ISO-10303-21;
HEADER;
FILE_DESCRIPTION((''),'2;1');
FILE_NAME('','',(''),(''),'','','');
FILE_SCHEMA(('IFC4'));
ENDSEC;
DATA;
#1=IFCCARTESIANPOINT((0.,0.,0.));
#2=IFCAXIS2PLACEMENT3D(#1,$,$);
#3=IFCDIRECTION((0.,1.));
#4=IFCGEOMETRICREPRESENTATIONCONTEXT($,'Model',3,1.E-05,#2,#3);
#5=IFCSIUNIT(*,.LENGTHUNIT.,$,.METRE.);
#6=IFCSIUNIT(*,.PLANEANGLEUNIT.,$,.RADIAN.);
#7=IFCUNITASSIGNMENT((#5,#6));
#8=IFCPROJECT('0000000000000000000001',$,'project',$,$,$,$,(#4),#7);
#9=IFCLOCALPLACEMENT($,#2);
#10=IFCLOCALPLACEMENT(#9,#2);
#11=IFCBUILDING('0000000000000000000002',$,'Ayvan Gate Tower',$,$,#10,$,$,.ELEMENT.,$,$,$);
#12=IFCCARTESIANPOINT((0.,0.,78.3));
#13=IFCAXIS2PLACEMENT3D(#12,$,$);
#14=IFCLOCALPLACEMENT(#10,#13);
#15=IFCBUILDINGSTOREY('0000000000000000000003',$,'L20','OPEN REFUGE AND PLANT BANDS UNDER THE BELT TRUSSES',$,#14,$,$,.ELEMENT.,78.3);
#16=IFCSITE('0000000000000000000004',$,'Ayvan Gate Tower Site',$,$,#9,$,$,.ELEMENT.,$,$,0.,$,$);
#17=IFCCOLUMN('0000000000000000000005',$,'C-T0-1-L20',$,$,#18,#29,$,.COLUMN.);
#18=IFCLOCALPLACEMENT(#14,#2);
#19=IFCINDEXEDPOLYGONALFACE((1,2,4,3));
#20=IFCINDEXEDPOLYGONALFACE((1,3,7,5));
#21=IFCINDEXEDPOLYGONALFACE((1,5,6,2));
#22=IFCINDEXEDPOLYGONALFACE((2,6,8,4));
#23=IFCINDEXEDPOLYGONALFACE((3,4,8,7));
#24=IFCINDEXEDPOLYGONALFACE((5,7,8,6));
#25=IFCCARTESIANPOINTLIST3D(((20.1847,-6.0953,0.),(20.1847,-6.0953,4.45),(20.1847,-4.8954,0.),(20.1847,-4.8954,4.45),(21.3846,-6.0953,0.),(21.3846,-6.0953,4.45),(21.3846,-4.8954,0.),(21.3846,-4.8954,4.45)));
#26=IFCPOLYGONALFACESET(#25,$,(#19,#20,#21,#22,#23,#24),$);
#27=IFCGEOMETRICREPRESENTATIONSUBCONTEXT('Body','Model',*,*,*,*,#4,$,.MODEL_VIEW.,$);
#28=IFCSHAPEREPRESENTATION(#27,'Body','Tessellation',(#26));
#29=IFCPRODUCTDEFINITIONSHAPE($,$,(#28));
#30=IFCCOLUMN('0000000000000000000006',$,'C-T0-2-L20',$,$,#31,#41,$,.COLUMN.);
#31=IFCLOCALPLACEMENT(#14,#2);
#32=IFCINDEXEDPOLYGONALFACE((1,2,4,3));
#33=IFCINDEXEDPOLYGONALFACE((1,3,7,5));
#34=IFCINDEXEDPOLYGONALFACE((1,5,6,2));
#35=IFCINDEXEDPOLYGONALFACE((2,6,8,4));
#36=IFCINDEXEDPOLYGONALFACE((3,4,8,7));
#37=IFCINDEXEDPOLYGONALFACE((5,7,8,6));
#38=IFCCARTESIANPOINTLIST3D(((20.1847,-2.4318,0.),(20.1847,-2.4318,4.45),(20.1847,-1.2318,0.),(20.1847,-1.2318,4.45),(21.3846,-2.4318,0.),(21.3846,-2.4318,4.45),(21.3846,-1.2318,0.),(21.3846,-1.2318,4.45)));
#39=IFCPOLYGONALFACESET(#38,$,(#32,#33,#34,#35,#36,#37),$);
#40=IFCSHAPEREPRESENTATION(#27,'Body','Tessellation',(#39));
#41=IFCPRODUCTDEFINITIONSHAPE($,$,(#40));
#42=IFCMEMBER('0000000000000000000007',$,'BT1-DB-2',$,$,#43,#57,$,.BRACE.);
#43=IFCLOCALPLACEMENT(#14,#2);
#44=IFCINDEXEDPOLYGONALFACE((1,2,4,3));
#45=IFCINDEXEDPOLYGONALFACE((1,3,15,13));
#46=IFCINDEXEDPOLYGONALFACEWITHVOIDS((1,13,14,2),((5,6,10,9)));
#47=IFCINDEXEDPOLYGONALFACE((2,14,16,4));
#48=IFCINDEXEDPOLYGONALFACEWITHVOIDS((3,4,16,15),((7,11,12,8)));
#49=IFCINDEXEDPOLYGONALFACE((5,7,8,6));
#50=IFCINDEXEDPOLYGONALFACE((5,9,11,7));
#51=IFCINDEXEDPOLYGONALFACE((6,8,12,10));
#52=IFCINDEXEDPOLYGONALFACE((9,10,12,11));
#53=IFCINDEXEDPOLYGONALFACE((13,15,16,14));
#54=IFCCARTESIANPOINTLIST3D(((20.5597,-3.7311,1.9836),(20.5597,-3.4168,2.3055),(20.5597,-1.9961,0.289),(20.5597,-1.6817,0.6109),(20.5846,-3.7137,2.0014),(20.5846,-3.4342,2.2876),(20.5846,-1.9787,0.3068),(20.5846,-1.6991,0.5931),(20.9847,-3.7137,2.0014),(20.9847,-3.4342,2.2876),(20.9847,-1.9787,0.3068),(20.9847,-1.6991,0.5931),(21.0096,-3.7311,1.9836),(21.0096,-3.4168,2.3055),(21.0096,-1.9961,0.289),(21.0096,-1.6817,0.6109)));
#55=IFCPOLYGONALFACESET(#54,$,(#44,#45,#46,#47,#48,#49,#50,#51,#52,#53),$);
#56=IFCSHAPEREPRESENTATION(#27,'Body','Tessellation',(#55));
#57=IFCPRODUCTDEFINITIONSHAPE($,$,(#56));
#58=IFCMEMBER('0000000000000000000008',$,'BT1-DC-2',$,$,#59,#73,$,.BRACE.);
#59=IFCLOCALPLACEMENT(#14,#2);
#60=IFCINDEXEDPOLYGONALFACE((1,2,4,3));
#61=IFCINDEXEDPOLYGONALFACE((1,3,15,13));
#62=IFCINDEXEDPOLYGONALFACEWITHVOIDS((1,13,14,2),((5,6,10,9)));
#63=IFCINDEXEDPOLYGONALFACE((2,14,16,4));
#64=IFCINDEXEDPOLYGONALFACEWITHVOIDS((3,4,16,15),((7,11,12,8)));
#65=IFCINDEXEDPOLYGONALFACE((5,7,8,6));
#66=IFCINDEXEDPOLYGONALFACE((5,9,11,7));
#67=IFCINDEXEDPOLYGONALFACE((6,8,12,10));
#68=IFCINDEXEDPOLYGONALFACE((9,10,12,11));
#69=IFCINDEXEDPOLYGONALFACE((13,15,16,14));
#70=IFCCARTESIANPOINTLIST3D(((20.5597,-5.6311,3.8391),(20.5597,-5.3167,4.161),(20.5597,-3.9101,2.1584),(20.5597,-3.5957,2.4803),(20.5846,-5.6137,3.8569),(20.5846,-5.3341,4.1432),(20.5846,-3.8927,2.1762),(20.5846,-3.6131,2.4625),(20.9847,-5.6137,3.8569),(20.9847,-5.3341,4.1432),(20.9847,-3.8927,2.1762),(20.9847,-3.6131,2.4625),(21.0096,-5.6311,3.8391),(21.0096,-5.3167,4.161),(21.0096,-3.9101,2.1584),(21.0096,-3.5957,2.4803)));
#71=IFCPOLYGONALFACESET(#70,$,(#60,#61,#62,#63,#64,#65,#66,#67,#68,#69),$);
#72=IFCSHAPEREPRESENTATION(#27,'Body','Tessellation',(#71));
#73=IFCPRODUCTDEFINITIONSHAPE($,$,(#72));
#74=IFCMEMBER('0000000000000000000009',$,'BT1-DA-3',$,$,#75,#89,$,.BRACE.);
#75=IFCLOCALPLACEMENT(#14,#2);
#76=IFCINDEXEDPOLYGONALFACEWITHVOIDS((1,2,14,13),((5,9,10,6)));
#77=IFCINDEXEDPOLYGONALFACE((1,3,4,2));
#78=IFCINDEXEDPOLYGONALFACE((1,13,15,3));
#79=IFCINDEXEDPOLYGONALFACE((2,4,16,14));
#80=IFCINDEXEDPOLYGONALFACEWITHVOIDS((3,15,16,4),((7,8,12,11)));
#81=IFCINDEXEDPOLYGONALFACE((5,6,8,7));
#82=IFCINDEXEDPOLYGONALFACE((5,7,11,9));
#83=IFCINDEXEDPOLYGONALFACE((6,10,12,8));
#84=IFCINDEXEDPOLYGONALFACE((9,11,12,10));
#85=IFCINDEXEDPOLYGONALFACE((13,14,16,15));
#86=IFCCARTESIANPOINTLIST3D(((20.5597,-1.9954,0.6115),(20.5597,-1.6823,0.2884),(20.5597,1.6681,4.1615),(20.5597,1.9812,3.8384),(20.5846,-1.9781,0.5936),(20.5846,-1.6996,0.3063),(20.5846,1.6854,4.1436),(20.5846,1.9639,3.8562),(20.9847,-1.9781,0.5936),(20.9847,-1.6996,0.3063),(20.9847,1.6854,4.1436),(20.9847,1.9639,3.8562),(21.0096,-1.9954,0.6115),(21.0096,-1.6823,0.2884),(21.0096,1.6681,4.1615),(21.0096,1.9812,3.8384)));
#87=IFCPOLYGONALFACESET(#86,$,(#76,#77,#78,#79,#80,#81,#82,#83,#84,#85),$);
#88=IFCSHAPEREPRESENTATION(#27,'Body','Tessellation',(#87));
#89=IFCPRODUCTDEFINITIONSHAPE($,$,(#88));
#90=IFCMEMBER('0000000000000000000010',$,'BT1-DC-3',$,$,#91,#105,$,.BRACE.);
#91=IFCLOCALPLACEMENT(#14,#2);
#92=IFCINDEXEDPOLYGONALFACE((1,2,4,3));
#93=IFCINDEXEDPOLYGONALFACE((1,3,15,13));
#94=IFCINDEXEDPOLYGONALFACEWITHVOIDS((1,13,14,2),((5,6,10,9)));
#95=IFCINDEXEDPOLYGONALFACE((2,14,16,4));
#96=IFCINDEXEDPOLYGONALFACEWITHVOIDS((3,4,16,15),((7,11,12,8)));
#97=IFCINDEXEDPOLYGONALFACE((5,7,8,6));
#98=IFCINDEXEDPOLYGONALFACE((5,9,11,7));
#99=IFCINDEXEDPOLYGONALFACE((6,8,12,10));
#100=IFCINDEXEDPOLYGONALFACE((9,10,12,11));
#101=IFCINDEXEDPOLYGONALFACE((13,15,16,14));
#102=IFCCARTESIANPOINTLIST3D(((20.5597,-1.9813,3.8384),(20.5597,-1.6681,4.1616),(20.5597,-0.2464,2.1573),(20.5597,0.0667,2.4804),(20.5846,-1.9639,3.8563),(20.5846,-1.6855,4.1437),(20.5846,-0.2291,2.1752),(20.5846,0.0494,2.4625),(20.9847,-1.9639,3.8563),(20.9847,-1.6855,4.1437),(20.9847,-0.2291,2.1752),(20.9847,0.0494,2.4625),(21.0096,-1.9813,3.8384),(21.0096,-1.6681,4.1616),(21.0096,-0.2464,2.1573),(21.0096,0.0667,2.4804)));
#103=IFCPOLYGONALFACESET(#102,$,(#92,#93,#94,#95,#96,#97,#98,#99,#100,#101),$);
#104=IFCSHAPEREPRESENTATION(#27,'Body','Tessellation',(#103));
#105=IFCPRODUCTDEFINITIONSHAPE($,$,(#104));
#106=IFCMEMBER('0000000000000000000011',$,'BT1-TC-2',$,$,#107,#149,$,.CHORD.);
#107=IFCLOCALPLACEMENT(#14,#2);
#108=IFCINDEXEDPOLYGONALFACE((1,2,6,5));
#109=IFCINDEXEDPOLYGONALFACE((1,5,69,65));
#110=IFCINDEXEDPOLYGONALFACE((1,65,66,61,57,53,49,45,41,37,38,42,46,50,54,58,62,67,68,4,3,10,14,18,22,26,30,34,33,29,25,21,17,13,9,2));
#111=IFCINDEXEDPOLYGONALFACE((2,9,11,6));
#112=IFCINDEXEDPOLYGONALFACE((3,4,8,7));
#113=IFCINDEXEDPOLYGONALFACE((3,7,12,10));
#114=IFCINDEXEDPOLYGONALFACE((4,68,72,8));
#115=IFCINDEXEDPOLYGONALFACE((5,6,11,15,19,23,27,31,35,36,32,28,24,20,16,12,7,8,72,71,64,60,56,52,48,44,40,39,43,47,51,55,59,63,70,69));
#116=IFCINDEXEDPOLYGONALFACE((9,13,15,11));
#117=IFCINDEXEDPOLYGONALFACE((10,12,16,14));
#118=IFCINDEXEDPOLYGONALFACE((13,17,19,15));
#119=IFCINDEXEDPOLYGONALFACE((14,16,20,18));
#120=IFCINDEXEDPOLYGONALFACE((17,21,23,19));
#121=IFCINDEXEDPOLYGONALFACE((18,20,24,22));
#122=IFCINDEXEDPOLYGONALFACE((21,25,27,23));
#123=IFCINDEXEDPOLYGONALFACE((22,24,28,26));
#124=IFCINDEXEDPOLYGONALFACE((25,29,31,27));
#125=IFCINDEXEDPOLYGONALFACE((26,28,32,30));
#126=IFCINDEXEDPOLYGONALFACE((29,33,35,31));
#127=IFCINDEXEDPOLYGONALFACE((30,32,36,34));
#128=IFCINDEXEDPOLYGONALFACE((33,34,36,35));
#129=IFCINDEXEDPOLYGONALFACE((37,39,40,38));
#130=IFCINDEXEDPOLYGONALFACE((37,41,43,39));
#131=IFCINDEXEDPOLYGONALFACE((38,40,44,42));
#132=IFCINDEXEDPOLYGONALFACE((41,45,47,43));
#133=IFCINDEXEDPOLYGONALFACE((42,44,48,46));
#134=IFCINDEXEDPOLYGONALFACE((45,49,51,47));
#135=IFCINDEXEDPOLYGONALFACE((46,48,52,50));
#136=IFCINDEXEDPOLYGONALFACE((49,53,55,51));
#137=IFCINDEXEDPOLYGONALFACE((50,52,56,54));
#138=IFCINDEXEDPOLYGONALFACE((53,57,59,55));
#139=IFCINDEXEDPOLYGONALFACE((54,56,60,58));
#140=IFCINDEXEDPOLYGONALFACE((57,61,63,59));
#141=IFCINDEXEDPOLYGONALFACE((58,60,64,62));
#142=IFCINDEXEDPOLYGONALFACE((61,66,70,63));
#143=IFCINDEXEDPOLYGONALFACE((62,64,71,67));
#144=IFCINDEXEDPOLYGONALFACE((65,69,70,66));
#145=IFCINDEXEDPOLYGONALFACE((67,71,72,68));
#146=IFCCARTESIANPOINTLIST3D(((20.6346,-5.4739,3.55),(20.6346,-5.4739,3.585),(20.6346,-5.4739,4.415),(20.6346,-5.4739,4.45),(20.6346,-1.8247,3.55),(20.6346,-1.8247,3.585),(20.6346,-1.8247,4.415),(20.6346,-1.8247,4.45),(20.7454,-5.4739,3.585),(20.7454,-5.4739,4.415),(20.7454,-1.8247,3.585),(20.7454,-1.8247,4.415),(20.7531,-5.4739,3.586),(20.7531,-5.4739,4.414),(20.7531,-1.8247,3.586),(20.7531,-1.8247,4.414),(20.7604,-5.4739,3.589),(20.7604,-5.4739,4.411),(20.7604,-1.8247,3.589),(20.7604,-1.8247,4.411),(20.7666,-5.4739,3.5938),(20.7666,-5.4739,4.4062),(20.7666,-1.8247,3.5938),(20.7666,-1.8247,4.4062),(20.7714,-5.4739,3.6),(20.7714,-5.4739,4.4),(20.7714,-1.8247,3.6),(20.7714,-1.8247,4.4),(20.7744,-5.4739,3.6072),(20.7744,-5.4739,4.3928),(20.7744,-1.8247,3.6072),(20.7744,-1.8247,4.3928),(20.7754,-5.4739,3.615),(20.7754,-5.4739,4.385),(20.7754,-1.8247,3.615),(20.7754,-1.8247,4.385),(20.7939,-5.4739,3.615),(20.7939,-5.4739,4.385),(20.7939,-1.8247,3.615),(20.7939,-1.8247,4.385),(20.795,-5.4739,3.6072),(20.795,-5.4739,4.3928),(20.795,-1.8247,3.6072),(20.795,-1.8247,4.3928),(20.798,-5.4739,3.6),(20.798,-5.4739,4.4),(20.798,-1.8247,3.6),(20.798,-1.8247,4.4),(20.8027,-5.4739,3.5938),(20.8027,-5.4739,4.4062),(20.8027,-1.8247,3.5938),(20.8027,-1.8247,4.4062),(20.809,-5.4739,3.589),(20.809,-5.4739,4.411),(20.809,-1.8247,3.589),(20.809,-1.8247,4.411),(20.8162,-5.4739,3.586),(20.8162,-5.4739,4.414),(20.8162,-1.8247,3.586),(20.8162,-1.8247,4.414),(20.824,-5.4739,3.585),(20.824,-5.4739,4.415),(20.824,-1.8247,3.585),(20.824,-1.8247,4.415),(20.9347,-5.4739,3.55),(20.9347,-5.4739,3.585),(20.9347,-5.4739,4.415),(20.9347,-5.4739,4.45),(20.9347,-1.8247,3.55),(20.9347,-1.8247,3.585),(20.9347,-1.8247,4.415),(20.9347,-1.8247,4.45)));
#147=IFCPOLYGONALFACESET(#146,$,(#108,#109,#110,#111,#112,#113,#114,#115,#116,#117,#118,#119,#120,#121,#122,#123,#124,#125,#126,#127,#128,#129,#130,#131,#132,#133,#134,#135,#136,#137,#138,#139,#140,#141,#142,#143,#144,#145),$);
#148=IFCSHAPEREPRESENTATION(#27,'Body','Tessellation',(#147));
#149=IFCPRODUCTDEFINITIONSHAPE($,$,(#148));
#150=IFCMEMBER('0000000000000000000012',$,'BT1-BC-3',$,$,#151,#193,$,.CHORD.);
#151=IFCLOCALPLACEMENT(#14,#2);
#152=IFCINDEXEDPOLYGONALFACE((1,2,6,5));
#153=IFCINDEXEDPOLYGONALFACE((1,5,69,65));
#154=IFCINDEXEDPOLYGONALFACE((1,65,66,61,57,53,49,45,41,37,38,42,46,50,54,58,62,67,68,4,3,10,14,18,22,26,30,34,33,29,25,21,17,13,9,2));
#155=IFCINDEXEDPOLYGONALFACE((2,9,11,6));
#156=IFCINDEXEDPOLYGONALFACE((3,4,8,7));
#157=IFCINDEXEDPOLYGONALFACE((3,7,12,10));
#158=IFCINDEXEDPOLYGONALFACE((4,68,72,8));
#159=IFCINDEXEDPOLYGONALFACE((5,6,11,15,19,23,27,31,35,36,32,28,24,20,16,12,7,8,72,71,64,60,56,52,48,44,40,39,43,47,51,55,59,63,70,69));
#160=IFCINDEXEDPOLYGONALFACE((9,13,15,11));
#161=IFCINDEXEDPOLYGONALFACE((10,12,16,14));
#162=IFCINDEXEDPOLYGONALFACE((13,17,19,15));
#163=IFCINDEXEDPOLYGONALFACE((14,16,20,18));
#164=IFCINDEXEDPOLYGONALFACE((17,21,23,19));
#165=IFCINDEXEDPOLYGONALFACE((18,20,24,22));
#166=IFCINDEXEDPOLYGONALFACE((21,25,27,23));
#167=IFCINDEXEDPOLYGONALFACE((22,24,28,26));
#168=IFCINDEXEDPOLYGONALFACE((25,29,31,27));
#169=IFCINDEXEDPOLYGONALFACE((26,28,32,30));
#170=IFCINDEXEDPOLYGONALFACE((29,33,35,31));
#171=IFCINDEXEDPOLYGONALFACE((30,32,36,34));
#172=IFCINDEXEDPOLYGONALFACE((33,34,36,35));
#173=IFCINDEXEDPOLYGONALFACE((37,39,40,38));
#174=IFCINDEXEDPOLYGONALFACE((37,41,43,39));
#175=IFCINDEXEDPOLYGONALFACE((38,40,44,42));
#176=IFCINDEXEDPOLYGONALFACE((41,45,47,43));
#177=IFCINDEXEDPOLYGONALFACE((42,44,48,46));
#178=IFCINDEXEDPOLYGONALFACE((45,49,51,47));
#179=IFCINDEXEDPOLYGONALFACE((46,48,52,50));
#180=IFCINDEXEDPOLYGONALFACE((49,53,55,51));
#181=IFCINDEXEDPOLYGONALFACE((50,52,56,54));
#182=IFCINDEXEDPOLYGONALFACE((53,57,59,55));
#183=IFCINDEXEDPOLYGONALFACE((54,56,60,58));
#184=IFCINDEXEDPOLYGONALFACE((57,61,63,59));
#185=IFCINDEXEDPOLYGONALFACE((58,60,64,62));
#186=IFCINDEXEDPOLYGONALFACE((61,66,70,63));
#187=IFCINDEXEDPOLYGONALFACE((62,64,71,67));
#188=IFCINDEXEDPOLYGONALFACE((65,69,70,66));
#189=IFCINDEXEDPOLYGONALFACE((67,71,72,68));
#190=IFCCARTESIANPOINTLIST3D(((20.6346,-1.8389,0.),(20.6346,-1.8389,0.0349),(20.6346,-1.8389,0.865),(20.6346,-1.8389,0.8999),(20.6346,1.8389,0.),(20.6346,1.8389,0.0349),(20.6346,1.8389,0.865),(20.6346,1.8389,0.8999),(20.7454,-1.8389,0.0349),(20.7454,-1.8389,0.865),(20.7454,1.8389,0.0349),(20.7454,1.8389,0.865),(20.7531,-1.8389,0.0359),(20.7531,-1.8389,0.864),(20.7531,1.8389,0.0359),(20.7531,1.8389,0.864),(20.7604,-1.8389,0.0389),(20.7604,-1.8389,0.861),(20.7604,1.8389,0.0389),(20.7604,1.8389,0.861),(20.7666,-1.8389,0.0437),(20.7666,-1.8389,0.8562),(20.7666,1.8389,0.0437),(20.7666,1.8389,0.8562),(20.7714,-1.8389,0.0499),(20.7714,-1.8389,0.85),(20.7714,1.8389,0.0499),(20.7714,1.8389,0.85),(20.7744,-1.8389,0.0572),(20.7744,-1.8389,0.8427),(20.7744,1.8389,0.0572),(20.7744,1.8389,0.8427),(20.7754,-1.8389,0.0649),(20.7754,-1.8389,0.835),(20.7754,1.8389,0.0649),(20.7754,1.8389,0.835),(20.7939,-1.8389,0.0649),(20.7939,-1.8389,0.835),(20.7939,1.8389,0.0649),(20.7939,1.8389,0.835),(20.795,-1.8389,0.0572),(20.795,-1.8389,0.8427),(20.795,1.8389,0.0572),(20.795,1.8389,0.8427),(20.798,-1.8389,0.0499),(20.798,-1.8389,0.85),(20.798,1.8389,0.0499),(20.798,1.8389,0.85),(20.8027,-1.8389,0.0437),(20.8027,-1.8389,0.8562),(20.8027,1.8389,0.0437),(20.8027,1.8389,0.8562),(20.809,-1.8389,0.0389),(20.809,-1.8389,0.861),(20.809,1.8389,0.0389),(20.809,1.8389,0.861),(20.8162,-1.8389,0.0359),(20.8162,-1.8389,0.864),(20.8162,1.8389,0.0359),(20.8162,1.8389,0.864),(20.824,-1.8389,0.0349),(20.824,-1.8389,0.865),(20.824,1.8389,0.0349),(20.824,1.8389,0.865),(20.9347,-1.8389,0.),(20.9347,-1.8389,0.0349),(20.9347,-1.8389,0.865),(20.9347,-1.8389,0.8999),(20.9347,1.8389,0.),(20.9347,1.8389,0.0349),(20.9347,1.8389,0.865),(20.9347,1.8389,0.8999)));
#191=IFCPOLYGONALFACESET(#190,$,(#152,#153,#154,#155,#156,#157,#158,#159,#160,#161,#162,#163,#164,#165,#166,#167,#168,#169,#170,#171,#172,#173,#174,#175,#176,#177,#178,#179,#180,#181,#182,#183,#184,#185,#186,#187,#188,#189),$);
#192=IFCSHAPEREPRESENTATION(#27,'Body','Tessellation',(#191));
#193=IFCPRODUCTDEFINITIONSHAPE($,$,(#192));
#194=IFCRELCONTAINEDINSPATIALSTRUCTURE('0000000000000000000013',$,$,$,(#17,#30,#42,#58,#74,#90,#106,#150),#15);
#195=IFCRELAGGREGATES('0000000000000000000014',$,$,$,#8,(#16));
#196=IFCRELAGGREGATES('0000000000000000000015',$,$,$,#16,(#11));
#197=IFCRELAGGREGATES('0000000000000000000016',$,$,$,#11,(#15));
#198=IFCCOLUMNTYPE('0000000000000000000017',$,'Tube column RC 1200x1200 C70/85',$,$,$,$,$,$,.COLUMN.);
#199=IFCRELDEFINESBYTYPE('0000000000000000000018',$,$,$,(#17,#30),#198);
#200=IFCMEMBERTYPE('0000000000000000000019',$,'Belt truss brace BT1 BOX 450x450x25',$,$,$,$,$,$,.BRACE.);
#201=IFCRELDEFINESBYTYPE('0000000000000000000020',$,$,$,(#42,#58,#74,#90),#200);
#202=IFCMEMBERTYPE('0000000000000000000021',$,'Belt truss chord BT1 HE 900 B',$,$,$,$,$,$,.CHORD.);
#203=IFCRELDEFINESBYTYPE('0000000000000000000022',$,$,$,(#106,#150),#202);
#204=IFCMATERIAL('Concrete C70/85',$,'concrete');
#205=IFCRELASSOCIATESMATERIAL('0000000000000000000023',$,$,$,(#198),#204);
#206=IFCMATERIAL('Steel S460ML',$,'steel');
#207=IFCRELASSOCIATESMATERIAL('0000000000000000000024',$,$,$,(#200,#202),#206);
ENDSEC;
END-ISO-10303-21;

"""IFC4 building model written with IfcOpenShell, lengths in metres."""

from ifc_helpers import new_model, si_unit, direction, frame, origin, origin_2d, place, context, subcontext, project, spatial, rectangle, hollow_rectangle, i_section, extrude, material, material_profile, profile_set, type_object, element, save


model = new_model("IFC4")

# Units and contexts
model_context = context("Model", 3, precision=1e-05, world=origin(), true_north=direction((0.0, 1.0)))
body_context = subcontext(model_context, "Body", "Model", "MODEL_VIEW")
ifc_project = project(units=[si_unit("LENGTHUNIT", "METRE"), si_unit("PLANEANGLEUNIT", "RADIAN")], contexts=[model_context])

# Site, building, storey
site_placement = place(None, origin())
site = spatial("IfcSite", under=ifc_project, at=site_placement, Name="Ayvan Gate Tower Site", CompositionType="ELEMENT", RefElevation=0.0)
building_placement = place(site_placement, origin())
building = spatial("IfcBuilding", under=site, at=building_placement, Name="Ayvan Gate Tower", CompositionType="ELEMENT")
storey_placement = place(building_placement, frame((0.0, 0.0, 78.3)))
storey = spatial("IfcBuildingStorey", under=building, at=storey_placement, Name="L20", Description="OPEN REFUGE AND PLANT BANDS UNDER THE BELT TRUSSES", CompositionType="ELEMENT", Elevation=78.3)

# Columns
ifc_material_1 = material(Name="Concrete C70/85", Category="concrete")
ifc_material_profile_1 = material_profile(ifc_material_1, rectangle(XDim=1.2, YDim=1.2, at=origin_2d()), Name="RC 1200x1200")
ifc_profile_set_1 = profile_set([ifc_material_profile_1], Name="Concrete C70/85")
column_type = type_object("IfcColumnType", Name="Tube column RC 1200x1200 C70/85", PredefinedType="COLUMN", material=ifc_profile_set_1)
for number, where, z_axis, x_axis, name in (
    (1, (20.7847, -5.4954, 0.0), (0.0, 0.0, 1.0), (1.0, 0.0, 0.0), "C-T0-1-L20"),
    (2, (20.7847, -1.8318, 0.0), (0.0, 0.0, 1.0), (1.0, 0.0, 0.0), "C-T0-2-L20"),
):
    element("IfcColumn", number, at=place(storey_placement, frame(where, z_axis=z_axis, x_axis=x_axis)), inside=storey, type_object=column_type, Name=name, PredefinedType="COLUMN", context=body_context, shape_type="SweptSolid", body=[
        extrude(rectangle(XDim=1.2, YDim=1.2, at=origin_2d()), origin(), (0.0, 0.0, 1.0), 4.45),
    ])

# Members
ifc_material_2 = material(Name="Steel S460ML", Category="steel")
ifc_material_profile_2 = material_profile(ifc_material_2, hollow_rectangle(XDim=0.45, YDim=0.45, WallThickness=0.0249, at=origin_2d()), Name="BOX 450x450x25")
ifc_profile_set_2 = profile_set([ifc_material_profile_2], Name="Steel S460ML")
member_type_1 = type_object("IfcMemberType", Name="Belt truss brace BT1 BOX 450x450x25", PredefinedType="BRACE", material=ifc_profile_set_2)
member_1_placement = place(storey_placement, frame((20.7847, -1.8389, 0.45), z_axis=(0.0, -0.715412, 0.698702), x_axis=(1.0, 0.0, 0.0)))
element("IfcMember", 3, at=member_1_placement, inside=storey, type_object=member_type_1, Name="BT1-DB-2", PredefinedType="BRACE", context=body_context, shape_type="SweptSolid", body=[
    extrude(hollow_rectangle(XDim=0.45, YDim=0.45, WallThickness=0.0249, at=origin_2d()), origin(), (0.0, 0.0, 1.0), 2.4253),
])
member_2_placement = place(storey_placement, frame((20.7847, -3.7529, 2.3193), z_axis=(0.0, -0.71543, 0.698684), x_axis=(1.0, 0.0, 0.0)))
element("IfcMember", 4, at=member_2_placement, inside=storey, type_object=member_type_1, Name="BT1-DC-2", PredefinedType="BRACE", context=body_context, shape_type="SweptSolid", body=[
    extrude(hollow_rectangle(XDim=0.45, YDim=0.45, WallThickness=0.0249, at=origin_2d()), origin(), (0.0, 0.0, 1.0), 2.4055),
])
member_3_placement = place(storey_placement, frame((20.7847, -1.8389, 0.45), z_axis=(0.0, 0.718146, 0.695892), x_axis=(-1.0, 0.0, 0.0)))
element("IfcMember", 5, at=member_3_placement, inside=storey, type_object=member_type_1, Name="BT1-DA-3", PredefinedType="BRACE", context=body_context, shape_type="SweptSolid", body=[
    extrude(hollow_rectangle(XDim=0.45, YDim=0.45, WallThickness=0.0249, at=origin_2d()), origin(), (0.0, 0.0, 1.0), 5.1013),
])
member_4_placement = place(storey_placement, frame((20.7847, -0.0898, 2.3188), z_axis=(0.0, -0.718136, 0.695903), x_axis=(1.0, 0.0, 0.0)))
element("IfcMember", 6, at=member_4_placement, inside=storey, type_object=member_type_1, Name="BT1-DC-3", PredefinedType="BRACE", context=body_context, shape_type="SweptSolid", body=[
    extrude(hollow_rectangle(XDim=0.45, YDim=0.45, WallThickness=0.0249, at=origin_2d()), origin(), (0.0, 0.0, 1.0), 2.4158),
])
ifc_material_profile_3 = material_profile(ifc_material_2, i_section(OverallWidth=0.3, OverallDepth=0.8999, WebThickness=0.0186, FlangeThickness=0.0349, FilletRadius=0.03, at=origin_2d()), Name="HE 900 B")
ifc_profile_set_3 = profile_set([ifc_material_profile_3], Name="Steel S460ML")
member_type_2 = type_object("IfcMemberType", Name="Belt truss chord BT1 HE 900 B", PredefinedType="CHORD", material=ifc_profile_set_3)
member_5_placement = place(storey_placement, frame((20.7847, -5.4739, 4.0), z_axis=(0.0, 1.0, 0.0), x_axis=(-1.0, 0.0, 0.0)))
element("IfcMember", 7, at=member_5_placement, inside=storey, type_object=member_type_2, Name="BT1-TC-2", PredefinedType="CHORD", context=body_context, shape_type="SweptSolid", body=[
    extrude(i_section(OverallWidth=0.3, OverallDepth=0.8999, WebThickness=0.0186, FlangeThickness=0.0349, FilletRadius=0.03, at=origin_2d()), origin(), (0.0, 0.0, 1.0), 3.6492),
])
member_6_placement = place(storey_placement, frame((20.7847, -1.8389, 0.45), z_axis=(0.0, 1.0, 0.0), x_axis=(-1.0, 0.0, 0.0)))
element("IfcMember", 8, at=member_6_placement, inside=storey, type_object=member_type_2, Name="BT1-BC-3", PredefinedType="CHORD", context=body_context, shape_type="SweptSolid", body=[
    extrude(i_section(OverallWidth=0.3, OverallDepth=0.8999, WebThickness=0.0186, FlangeThickness=0.0349, FilletRadius=0.03, at=origin_2d()), origin(), (0.0, 0.0, 1.0), 3.6777),
])

save(model, "model.ifc")
